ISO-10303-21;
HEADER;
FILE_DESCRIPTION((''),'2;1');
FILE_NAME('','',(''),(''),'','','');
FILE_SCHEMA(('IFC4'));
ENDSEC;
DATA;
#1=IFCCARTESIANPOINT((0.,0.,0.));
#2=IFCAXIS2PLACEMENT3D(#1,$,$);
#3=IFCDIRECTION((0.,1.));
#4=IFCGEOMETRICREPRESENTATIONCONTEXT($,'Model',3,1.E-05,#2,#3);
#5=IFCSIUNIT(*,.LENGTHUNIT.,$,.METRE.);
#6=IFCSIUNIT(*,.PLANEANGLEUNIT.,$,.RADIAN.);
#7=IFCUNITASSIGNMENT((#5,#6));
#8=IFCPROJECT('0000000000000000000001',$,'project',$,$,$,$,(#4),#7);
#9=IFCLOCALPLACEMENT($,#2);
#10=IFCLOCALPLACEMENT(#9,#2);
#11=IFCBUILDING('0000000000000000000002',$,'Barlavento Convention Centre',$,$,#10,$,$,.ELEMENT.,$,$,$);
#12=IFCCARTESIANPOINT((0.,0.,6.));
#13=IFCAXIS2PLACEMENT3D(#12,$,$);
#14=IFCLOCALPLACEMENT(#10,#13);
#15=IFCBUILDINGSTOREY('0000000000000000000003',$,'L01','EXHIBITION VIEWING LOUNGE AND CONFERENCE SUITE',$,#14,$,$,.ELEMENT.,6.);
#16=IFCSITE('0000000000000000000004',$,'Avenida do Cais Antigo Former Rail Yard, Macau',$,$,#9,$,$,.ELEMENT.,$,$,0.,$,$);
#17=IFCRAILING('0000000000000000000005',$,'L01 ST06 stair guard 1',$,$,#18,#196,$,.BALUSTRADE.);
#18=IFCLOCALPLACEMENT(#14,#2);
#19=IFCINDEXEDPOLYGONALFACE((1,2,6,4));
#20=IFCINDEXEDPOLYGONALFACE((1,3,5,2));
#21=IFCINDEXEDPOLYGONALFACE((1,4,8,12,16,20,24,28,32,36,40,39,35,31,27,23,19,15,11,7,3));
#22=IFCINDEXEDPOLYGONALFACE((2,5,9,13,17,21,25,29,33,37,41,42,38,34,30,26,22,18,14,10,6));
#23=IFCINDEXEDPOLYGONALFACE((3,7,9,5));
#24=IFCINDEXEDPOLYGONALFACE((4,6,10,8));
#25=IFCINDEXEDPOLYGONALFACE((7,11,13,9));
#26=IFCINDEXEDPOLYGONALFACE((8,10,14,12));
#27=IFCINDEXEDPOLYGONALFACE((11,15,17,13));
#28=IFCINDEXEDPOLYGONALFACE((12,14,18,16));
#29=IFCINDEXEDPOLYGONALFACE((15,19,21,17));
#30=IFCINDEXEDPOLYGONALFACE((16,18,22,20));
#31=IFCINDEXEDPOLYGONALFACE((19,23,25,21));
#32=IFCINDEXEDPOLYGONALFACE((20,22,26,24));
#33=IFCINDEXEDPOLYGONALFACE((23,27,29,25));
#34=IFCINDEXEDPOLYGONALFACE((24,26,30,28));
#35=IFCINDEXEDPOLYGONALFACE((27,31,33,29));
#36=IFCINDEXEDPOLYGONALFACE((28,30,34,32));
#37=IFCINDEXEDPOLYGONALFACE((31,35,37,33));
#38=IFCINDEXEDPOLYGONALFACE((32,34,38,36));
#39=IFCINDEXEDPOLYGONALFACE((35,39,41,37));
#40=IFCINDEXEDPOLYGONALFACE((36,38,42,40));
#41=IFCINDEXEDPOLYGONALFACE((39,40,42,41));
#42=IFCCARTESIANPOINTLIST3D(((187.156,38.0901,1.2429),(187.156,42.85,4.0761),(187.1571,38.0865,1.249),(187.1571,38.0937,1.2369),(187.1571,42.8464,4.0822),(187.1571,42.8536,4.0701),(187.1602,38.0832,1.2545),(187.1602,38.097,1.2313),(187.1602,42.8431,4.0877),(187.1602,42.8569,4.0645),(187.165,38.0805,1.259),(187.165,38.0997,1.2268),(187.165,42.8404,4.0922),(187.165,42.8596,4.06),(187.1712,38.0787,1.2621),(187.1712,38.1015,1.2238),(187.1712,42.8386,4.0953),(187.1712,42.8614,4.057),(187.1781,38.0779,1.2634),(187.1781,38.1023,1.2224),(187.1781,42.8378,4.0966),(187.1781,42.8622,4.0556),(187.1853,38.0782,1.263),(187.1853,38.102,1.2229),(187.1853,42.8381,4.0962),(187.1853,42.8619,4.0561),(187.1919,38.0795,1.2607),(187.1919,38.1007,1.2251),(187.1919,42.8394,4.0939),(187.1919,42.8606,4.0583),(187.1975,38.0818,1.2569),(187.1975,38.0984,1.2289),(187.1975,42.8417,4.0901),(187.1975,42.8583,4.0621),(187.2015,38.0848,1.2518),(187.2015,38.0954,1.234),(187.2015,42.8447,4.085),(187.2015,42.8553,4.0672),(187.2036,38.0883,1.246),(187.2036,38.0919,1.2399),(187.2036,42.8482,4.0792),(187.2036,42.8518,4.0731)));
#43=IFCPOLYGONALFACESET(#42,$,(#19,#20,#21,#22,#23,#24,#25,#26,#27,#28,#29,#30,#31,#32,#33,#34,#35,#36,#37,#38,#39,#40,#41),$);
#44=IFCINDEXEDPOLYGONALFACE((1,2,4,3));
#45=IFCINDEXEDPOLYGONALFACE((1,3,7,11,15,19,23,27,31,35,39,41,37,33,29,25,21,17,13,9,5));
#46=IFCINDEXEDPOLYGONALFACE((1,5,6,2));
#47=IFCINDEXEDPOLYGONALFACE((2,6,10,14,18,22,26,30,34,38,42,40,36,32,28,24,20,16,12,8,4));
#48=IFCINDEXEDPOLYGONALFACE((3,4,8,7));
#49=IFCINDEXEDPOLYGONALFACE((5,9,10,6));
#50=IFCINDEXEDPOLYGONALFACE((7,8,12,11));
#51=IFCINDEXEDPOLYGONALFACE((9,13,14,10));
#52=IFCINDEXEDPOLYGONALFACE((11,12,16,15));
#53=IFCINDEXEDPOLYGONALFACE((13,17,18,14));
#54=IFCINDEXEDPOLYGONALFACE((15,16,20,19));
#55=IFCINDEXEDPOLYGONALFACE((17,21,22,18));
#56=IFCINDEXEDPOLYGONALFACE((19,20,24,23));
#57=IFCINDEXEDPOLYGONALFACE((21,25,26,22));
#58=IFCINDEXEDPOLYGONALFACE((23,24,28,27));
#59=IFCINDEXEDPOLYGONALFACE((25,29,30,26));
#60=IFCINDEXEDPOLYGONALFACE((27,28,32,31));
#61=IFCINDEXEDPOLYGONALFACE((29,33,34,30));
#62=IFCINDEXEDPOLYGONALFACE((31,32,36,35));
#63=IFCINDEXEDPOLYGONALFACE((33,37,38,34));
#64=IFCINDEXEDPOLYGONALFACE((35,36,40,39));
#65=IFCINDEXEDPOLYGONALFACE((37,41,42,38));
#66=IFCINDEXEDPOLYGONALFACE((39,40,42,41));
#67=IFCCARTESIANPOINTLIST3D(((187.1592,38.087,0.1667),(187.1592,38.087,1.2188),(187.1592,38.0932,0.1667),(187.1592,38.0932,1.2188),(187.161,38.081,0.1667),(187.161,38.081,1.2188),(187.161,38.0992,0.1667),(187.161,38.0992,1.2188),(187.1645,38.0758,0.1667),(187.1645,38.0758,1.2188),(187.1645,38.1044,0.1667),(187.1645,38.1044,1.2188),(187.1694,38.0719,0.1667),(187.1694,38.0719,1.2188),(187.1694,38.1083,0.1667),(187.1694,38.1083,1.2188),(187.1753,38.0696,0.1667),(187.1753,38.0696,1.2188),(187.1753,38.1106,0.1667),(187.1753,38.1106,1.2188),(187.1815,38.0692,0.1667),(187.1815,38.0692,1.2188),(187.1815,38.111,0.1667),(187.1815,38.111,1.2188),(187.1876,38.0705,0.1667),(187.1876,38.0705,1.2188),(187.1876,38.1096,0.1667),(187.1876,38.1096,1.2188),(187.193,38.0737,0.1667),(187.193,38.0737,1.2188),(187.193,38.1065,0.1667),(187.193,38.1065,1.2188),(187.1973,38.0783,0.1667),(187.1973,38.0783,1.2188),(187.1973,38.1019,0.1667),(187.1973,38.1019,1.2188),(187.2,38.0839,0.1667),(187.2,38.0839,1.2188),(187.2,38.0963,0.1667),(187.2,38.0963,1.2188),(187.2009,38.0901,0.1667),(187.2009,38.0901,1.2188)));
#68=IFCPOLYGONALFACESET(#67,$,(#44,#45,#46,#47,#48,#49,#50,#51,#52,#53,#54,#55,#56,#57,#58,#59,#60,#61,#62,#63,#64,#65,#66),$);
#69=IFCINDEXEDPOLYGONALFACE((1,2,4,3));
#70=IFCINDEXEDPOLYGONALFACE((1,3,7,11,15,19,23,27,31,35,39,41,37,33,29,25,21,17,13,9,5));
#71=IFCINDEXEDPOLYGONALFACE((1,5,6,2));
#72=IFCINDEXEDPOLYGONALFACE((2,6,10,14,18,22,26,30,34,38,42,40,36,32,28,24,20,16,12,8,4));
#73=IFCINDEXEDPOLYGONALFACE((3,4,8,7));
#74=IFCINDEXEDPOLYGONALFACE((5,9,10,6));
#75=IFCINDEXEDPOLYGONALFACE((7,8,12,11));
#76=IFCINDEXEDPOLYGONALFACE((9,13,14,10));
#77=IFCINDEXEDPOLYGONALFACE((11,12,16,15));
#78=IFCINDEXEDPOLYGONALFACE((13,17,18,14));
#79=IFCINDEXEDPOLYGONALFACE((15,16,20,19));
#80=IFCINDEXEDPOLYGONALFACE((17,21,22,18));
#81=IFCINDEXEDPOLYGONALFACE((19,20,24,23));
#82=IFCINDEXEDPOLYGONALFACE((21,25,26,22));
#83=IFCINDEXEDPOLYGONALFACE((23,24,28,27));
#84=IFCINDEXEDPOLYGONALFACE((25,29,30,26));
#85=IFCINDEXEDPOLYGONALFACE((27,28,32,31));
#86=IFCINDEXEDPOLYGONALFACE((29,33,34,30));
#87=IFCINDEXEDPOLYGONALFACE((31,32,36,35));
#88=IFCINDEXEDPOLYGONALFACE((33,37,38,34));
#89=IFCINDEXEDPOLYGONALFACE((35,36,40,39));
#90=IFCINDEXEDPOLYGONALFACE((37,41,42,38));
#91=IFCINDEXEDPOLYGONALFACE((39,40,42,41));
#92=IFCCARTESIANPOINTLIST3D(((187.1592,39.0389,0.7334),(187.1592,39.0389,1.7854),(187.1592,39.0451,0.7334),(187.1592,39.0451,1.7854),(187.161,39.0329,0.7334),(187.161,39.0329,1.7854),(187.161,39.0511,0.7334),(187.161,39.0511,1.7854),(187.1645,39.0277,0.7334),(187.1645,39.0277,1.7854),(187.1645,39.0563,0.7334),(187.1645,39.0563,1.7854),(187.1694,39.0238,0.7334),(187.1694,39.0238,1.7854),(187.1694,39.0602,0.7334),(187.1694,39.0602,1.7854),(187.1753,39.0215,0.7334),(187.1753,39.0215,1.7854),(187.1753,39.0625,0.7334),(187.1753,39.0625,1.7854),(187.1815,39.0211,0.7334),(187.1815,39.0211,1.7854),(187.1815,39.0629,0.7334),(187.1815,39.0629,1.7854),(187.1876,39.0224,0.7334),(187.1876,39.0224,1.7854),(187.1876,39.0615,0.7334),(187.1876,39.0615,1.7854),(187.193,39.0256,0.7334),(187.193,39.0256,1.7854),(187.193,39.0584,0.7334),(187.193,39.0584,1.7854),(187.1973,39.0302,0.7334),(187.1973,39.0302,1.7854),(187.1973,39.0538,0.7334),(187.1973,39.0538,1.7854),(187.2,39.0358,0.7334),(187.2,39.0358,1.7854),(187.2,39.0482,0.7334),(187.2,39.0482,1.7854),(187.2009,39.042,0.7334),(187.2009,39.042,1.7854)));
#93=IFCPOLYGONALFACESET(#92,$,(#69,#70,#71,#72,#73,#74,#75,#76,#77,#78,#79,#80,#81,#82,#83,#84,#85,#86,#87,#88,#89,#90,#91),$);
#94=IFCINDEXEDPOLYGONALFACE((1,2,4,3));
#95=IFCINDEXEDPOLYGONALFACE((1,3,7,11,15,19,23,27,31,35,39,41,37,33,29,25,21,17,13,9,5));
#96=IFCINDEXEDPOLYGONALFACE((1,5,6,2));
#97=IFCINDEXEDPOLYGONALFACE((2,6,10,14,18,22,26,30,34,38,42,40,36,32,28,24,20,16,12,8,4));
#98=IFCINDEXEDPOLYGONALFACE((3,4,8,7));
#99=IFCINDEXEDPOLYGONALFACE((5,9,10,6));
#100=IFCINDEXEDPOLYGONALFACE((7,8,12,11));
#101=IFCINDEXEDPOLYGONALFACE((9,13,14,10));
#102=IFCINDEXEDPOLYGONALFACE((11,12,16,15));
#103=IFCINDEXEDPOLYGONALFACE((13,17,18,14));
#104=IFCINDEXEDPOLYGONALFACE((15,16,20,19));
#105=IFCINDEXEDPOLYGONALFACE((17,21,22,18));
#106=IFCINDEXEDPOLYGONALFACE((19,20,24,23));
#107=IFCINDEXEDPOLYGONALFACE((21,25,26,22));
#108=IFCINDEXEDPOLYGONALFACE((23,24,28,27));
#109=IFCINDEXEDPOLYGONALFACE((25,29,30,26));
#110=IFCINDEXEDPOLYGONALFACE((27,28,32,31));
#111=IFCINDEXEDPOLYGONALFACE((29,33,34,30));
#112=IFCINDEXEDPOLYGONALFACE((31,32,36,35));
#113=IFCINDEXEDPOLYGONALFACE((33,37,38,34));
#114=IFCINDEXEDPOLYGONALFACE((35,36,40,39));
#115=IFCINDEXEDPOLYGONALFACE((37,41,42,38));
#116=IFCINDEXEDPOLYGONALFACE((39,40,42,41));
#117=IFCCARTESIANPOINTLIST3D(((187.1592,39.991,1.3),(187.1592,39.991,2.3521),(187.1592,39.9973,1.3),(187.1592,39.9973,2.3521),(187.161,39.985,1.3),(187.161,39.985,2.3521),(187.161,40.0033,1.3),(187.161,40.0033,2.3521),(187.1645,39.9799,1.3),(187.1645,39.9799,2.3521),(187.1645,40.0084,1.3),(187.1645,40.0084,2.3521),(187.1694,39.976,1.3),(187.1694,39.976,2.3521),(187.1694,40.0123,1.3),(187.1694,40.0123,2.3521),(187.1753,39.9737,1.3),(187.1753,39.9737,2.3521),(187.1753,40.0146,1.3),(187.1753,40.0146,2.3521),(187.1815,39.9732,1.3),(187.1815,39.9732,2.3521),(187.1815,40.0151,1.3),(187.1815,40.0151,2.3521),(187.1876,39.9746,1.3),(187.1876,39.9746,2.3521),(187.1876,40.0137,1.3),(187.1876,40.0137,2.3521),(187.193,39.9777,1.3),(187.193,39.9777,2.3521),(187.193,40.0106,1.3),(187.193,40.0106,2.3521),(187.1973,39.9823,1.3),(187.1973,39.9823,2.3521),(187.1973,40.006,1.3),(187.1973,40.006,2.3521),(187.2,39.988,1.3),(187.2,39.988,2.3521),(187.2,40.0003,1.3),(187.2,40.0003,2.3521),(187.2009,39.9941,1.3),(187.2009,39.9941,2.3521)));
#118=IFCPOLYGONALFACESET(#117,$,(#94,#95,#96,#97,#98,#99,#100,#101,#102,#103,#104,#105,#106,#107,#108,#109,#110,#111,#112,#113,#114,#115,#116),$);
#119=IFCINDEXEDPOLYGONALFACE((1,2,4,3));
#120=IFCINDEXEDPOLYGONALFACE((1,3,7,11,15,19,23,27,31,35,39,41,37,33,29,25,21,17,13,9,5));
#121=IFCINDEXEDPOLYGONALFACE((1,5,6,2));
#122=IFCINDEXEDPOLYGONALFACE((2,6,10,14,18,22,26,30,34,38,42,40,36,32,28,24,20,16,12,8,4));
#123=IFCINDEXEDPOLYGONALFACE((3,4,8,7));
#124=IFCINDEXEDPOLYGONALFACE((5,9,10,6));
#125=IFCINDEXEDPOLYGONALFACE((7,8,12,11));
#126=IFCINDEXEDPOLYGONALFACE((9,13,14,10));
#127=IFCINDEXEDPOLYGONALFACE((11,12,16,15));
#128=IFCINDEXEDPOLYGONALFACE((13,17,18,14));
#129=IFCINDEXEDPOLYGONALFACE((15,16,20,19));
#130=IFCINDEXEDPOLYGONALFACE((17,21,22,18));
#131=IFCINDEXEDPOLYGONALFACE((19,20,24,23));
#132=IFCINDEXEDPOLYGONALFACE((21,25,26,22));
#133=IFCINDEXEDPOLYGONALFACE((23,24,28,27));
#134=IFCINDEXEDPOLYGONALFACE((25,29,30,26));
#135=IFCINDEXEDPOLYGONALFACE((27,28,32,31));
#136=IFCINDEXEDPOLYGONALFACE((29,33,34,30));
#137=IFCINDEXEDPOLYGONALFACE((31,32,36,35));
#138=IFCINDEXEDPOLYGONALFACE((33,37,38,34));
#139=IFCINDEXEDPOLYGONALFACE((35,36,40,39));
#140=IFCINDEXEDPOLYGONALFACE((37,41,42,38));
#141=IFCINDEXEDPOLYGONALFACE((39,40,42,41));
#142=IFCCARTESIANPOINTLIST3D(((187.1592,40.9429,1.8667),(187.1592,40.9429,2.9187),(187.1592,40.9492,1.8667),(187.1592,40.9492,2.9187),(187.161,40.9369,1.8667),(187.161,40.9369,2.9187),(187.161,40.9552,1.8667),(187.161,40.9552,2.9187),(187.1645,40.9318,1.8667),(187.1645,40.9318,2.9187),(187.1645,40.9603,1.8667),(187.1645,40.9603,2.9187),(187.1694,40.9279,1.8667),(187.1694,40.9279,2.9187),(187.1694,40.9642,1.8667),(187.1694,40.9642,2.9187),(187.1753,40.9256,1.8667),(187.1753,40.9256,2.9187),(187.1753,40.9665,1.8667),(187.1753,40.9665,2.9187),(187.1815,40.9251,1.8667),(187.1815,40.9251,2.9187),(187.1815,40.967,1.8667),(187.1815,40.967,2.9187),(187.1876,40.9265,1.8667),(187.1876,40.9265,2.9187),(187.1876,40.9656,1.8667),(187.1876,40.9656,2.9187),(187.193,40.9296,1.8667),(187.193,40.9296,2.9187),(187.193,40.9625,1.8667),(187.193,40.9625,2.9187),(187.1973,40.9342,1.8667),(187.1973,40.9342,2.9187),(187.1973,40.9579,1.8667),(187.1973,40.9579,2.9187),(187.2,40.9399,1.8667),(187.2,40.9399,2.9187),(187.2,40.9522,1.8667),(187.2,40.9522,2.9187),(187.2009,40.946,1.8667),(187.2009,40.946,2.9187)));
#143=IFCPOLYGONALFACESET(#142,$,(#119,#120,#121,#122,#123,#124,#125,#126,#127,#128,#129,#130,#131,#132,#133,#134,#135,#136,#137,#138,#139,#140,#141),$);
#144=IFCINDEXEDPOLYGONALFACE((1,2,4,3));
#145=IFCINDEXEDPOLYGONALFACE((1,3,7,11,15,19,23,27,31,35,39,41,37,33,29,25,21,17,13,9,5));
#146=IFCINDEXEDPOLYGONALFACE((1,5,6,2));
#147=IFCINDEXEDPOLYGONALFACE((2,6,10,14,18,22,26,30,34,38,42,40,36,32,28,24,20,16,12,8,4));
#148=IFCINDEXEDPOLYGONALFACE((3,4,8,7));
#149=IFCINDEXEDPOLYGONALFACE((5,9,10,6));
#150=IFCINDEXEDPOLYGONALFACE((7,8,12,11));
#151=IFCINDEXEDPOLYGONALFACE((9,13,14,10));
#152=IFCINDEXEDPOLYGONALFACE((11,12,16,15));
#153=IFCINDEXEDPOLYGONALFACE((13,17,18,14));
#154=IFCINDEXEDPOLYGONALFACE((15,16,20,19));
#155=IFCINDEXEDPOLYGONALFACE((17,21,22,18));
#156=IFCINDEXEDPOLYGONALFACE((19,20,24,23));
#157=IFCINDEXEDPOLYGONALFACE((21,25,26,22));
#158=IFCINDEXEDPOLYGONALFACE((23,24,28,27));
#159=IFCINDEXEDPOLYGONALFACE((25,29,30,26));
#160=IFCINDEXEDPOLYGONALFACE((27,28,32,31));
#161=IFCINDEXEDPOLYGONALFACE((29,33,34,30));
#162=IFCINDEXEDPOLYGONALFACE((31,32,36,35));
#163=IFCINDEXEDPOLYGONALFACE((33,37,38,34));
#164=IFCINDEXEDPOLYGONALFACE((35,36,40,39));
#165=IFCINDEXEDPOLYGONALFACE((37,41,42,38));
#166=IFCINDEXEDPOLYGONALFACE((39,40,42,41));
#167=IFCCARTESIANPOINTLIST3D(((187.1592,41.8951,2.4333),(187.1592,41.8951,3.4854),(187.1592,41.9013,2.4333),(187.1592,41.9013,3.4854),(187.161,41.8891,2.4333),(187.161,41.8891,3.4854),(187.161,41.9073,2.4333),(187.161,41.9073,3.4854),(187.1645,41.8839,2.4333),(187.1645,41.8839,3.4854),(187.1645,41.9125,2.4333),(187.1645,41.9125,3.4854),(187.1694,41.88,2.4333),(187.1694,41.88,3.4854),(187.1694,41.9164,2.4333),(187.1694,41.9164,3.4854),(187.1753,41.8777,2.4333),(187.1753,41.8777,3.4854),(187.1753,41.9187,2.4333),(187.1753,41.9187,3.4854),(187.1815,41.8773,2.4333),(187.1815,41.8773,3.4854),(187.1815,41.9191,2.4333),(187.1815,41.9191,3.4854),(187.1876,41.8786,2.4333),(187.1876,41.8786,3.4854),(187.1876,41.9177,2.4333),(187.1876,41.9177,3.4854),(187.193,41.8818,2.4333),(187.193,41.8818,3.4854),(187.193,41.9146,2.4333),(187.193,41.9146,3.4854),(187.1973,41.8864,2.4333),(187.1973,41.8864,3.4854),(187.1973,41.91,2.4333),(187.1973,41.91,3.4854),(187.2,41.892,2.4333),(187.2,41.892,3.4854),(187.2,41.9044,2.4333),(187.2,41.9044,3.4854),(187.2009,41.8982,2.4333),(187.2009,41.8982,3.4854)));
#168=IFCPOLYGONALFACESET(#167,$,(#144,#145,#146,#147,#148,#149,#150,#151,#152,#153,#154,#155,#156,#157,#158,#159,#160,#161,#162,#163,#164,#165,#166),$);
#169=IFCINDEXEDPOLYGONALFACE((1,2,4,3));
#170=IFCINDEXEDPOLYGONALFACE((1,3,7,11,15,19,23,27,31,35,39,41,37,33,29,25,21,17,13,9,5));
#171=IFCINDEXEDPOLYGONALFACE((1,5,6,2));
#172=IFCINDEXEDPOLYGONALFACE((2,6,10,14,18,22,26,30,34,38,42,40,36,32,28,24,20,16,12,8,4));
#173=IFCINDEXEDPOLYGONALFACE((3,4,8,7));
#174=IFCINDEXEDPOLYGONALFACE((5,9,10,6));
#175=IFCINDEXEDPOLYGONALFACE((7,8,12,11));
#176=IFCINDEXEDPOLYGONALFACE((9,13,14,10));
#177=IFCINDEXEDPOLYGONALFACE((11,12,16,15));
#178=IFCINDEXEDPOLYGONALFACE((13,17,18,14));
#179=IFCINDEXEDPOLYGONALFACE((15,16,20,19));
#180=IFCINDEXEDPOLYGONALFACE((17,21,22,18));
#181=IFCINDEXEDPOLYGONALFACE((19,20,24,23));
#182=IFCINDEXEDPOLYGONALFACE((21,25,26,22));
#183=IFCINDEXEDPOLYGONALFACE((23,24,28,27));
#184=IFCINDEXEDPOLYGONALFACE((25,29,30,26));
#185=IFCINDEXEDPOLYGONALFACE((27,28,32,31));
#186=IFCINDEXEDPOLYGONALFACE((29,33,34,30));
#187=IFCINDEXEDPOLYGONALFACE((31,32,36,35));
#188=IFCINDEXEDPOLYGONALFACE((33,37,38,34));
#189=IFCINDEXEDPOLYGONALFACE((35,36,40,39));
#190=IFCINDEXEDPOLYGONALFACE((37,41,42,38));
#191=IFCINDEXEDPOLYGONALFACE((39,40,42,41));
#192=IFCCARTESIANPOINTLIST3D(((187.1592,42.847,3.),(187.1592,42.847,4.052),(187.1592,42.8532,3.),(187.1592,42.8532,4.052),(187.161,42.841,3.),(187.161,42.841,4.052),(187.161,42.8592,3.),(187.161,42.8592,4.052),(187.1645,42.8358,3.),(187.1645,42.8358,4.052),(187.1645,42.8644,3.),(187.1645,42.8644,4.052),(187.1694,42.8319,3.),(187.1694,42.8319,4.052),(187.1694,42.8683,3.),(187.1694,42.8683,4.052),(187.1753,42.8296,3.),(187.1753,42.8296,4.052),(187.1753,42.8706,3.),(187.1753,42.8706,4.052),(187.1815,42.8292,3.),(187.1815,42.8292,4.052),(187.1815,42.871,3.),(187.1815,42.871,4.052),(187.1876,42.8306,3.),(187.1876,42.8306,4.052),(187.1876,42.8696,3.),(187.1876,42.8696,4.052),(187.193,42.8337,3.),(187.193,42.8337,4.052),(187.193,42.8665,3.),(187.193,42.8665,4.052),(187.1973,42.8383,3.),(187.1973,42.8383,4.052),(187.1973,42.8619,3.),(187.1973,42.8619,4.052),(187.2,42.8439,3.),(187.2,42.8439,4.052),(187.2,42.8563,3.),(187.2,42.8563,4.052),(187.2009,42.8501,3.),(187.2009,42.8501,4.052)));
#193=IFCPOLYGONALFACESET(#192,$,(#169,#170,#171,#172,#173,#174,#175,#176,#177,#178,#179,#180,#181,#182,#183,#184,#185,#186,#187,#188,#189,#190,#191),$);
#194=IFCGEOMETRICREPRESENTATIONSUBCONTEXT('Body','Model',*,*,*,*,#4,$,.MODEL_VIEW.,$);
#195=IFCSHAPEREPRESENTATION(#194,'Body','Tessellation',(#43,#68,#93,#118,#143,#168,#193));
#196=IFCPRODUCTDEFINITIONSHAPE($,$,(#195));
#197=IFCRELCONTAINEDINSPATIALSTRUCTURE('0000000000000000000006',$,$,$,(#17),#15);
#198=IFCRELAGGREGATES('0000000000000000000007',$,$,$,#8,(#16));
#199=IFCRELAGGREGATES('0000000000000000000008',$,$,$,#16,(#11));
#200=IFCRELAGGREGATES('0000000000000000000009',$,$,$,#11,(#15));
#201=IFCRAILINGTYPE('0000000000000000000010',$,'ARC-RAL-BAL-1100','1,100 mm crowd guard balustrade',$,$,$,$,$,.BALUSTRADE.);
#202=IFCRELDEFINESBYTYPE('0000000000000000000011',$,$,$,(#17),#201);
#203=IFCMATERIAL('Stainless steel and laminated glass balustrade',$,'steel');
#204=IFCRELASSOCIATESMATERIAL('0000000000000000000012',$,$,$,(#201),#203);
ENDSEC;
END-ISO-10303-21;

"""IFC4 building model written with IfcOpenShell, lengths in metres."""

from ifc_helpers import new_model, si_unit, direction, frame, origin, origin_2d, place, context, subcontext, project, spatial, circle, extrude, material, type_object, element, save


model = new_model("IFC4")

# Units and contexts
model_context = context("Model", 3, precision=1e-05, world=origin(), true_north=direction((0.0, 1.0)))
body_context = subcontext(model_context, "Body", "Model", "MODEL_VIEW")
ifc_project = project(units=[si_unit("LENGTHUNIT", "METRE"), si_unit("PLANEANGLEUNIT", "RADIAN")], contexts=[model_context])

# Site, building, storey
site_placement = place(None, origin())
site = spatial("IfcSite", under=ifc_project, at=site_placement, Name="Avenida do Cais Antigo Former Rail Yard, Macau", CompositionType="ELEMENT", RefElevation=0.0)
building_placement = place(site_placement, origin())
building = spatial("IfcBuilding", under=site, at=building_placement, Name="Barlavento Convention Centre", CompositionType="ELEMENT")
storey_placement = place(building_placement, frame((0.0, 0.0, 6.0)))
storey = spatial("IfcBuildingStorey", under=building, at=storey_placement, Name="L01", Description="EXHIBITION VIEWING LOUNGE AND CONFERENCE SUITE", CompositionType="ELEMENT", Elevation=6.0)

# Railing
ifc_material_1 = material(Name="Stainless steel and laminated glass balustrade", Category="steel")
railing_type_1 = type_object("IfcRailingType", Name="ARC-RAL-BAL-1100", Description="1,100 mm crowd guard balustrade", PredefinedType="BALUSTRADE", material=ifc_material_1)
railing_1_placement = place(storey_placement, frame((187.1799, 38.0901, 0.1667)))
element("IfcRailing", 1, at=railing_1_placement, inside=storey, type_object=railing_type_1, Name="L01 ST06 stair guard 1", PredefinedType="BALUSTRADE", context=body_context, shape_type="SweptSolid", body=[
    extrude(circle(Radius=0.0239, at=origin_2d()), frame((0.0, 0.0, 1.0762), z_axis=(0.0, 0.8593, 0.511472), x_axis=(-1.0, 0.0, 0.0)), (0.0, 0.0, 1.0), 5.5393),
    extrude(circle(Radius=0.021, at=origin_2d()), origin(), (0.0, 0.0, 1.0), 1.052),
    extrude(circle(Radius=0.021, at=origin_2d()), frame((0.0, 0.9519, 0.5667)), (0.0, 0.0, 1.0), 1.052),
    extrude(circle(Radius=0.021, at=origin_2d()), frame((0.0, 1.9041, 1.1333)), (0.0, 0.0, 1.0), 1.052),
    extrude(circle(Radius=0.021, at=origin_2d()), frame((0.0, 2.856, 1.7)), (0.0, 0.0, 1.0), 1.052),
    extrude(circle(Radius=0.021, at=origin_2d()), frame((0.0, 3.8081, 2.2666)), (0.0, 0.0, 1.0), 1.052),
    extrude(circle(Radius=0.021, at=origin_2d()), frame((0.0, 4.76, 2.8333)), (0.0, 0.0, 1.0), 1.052),
])

save(model, "model.ifc")
